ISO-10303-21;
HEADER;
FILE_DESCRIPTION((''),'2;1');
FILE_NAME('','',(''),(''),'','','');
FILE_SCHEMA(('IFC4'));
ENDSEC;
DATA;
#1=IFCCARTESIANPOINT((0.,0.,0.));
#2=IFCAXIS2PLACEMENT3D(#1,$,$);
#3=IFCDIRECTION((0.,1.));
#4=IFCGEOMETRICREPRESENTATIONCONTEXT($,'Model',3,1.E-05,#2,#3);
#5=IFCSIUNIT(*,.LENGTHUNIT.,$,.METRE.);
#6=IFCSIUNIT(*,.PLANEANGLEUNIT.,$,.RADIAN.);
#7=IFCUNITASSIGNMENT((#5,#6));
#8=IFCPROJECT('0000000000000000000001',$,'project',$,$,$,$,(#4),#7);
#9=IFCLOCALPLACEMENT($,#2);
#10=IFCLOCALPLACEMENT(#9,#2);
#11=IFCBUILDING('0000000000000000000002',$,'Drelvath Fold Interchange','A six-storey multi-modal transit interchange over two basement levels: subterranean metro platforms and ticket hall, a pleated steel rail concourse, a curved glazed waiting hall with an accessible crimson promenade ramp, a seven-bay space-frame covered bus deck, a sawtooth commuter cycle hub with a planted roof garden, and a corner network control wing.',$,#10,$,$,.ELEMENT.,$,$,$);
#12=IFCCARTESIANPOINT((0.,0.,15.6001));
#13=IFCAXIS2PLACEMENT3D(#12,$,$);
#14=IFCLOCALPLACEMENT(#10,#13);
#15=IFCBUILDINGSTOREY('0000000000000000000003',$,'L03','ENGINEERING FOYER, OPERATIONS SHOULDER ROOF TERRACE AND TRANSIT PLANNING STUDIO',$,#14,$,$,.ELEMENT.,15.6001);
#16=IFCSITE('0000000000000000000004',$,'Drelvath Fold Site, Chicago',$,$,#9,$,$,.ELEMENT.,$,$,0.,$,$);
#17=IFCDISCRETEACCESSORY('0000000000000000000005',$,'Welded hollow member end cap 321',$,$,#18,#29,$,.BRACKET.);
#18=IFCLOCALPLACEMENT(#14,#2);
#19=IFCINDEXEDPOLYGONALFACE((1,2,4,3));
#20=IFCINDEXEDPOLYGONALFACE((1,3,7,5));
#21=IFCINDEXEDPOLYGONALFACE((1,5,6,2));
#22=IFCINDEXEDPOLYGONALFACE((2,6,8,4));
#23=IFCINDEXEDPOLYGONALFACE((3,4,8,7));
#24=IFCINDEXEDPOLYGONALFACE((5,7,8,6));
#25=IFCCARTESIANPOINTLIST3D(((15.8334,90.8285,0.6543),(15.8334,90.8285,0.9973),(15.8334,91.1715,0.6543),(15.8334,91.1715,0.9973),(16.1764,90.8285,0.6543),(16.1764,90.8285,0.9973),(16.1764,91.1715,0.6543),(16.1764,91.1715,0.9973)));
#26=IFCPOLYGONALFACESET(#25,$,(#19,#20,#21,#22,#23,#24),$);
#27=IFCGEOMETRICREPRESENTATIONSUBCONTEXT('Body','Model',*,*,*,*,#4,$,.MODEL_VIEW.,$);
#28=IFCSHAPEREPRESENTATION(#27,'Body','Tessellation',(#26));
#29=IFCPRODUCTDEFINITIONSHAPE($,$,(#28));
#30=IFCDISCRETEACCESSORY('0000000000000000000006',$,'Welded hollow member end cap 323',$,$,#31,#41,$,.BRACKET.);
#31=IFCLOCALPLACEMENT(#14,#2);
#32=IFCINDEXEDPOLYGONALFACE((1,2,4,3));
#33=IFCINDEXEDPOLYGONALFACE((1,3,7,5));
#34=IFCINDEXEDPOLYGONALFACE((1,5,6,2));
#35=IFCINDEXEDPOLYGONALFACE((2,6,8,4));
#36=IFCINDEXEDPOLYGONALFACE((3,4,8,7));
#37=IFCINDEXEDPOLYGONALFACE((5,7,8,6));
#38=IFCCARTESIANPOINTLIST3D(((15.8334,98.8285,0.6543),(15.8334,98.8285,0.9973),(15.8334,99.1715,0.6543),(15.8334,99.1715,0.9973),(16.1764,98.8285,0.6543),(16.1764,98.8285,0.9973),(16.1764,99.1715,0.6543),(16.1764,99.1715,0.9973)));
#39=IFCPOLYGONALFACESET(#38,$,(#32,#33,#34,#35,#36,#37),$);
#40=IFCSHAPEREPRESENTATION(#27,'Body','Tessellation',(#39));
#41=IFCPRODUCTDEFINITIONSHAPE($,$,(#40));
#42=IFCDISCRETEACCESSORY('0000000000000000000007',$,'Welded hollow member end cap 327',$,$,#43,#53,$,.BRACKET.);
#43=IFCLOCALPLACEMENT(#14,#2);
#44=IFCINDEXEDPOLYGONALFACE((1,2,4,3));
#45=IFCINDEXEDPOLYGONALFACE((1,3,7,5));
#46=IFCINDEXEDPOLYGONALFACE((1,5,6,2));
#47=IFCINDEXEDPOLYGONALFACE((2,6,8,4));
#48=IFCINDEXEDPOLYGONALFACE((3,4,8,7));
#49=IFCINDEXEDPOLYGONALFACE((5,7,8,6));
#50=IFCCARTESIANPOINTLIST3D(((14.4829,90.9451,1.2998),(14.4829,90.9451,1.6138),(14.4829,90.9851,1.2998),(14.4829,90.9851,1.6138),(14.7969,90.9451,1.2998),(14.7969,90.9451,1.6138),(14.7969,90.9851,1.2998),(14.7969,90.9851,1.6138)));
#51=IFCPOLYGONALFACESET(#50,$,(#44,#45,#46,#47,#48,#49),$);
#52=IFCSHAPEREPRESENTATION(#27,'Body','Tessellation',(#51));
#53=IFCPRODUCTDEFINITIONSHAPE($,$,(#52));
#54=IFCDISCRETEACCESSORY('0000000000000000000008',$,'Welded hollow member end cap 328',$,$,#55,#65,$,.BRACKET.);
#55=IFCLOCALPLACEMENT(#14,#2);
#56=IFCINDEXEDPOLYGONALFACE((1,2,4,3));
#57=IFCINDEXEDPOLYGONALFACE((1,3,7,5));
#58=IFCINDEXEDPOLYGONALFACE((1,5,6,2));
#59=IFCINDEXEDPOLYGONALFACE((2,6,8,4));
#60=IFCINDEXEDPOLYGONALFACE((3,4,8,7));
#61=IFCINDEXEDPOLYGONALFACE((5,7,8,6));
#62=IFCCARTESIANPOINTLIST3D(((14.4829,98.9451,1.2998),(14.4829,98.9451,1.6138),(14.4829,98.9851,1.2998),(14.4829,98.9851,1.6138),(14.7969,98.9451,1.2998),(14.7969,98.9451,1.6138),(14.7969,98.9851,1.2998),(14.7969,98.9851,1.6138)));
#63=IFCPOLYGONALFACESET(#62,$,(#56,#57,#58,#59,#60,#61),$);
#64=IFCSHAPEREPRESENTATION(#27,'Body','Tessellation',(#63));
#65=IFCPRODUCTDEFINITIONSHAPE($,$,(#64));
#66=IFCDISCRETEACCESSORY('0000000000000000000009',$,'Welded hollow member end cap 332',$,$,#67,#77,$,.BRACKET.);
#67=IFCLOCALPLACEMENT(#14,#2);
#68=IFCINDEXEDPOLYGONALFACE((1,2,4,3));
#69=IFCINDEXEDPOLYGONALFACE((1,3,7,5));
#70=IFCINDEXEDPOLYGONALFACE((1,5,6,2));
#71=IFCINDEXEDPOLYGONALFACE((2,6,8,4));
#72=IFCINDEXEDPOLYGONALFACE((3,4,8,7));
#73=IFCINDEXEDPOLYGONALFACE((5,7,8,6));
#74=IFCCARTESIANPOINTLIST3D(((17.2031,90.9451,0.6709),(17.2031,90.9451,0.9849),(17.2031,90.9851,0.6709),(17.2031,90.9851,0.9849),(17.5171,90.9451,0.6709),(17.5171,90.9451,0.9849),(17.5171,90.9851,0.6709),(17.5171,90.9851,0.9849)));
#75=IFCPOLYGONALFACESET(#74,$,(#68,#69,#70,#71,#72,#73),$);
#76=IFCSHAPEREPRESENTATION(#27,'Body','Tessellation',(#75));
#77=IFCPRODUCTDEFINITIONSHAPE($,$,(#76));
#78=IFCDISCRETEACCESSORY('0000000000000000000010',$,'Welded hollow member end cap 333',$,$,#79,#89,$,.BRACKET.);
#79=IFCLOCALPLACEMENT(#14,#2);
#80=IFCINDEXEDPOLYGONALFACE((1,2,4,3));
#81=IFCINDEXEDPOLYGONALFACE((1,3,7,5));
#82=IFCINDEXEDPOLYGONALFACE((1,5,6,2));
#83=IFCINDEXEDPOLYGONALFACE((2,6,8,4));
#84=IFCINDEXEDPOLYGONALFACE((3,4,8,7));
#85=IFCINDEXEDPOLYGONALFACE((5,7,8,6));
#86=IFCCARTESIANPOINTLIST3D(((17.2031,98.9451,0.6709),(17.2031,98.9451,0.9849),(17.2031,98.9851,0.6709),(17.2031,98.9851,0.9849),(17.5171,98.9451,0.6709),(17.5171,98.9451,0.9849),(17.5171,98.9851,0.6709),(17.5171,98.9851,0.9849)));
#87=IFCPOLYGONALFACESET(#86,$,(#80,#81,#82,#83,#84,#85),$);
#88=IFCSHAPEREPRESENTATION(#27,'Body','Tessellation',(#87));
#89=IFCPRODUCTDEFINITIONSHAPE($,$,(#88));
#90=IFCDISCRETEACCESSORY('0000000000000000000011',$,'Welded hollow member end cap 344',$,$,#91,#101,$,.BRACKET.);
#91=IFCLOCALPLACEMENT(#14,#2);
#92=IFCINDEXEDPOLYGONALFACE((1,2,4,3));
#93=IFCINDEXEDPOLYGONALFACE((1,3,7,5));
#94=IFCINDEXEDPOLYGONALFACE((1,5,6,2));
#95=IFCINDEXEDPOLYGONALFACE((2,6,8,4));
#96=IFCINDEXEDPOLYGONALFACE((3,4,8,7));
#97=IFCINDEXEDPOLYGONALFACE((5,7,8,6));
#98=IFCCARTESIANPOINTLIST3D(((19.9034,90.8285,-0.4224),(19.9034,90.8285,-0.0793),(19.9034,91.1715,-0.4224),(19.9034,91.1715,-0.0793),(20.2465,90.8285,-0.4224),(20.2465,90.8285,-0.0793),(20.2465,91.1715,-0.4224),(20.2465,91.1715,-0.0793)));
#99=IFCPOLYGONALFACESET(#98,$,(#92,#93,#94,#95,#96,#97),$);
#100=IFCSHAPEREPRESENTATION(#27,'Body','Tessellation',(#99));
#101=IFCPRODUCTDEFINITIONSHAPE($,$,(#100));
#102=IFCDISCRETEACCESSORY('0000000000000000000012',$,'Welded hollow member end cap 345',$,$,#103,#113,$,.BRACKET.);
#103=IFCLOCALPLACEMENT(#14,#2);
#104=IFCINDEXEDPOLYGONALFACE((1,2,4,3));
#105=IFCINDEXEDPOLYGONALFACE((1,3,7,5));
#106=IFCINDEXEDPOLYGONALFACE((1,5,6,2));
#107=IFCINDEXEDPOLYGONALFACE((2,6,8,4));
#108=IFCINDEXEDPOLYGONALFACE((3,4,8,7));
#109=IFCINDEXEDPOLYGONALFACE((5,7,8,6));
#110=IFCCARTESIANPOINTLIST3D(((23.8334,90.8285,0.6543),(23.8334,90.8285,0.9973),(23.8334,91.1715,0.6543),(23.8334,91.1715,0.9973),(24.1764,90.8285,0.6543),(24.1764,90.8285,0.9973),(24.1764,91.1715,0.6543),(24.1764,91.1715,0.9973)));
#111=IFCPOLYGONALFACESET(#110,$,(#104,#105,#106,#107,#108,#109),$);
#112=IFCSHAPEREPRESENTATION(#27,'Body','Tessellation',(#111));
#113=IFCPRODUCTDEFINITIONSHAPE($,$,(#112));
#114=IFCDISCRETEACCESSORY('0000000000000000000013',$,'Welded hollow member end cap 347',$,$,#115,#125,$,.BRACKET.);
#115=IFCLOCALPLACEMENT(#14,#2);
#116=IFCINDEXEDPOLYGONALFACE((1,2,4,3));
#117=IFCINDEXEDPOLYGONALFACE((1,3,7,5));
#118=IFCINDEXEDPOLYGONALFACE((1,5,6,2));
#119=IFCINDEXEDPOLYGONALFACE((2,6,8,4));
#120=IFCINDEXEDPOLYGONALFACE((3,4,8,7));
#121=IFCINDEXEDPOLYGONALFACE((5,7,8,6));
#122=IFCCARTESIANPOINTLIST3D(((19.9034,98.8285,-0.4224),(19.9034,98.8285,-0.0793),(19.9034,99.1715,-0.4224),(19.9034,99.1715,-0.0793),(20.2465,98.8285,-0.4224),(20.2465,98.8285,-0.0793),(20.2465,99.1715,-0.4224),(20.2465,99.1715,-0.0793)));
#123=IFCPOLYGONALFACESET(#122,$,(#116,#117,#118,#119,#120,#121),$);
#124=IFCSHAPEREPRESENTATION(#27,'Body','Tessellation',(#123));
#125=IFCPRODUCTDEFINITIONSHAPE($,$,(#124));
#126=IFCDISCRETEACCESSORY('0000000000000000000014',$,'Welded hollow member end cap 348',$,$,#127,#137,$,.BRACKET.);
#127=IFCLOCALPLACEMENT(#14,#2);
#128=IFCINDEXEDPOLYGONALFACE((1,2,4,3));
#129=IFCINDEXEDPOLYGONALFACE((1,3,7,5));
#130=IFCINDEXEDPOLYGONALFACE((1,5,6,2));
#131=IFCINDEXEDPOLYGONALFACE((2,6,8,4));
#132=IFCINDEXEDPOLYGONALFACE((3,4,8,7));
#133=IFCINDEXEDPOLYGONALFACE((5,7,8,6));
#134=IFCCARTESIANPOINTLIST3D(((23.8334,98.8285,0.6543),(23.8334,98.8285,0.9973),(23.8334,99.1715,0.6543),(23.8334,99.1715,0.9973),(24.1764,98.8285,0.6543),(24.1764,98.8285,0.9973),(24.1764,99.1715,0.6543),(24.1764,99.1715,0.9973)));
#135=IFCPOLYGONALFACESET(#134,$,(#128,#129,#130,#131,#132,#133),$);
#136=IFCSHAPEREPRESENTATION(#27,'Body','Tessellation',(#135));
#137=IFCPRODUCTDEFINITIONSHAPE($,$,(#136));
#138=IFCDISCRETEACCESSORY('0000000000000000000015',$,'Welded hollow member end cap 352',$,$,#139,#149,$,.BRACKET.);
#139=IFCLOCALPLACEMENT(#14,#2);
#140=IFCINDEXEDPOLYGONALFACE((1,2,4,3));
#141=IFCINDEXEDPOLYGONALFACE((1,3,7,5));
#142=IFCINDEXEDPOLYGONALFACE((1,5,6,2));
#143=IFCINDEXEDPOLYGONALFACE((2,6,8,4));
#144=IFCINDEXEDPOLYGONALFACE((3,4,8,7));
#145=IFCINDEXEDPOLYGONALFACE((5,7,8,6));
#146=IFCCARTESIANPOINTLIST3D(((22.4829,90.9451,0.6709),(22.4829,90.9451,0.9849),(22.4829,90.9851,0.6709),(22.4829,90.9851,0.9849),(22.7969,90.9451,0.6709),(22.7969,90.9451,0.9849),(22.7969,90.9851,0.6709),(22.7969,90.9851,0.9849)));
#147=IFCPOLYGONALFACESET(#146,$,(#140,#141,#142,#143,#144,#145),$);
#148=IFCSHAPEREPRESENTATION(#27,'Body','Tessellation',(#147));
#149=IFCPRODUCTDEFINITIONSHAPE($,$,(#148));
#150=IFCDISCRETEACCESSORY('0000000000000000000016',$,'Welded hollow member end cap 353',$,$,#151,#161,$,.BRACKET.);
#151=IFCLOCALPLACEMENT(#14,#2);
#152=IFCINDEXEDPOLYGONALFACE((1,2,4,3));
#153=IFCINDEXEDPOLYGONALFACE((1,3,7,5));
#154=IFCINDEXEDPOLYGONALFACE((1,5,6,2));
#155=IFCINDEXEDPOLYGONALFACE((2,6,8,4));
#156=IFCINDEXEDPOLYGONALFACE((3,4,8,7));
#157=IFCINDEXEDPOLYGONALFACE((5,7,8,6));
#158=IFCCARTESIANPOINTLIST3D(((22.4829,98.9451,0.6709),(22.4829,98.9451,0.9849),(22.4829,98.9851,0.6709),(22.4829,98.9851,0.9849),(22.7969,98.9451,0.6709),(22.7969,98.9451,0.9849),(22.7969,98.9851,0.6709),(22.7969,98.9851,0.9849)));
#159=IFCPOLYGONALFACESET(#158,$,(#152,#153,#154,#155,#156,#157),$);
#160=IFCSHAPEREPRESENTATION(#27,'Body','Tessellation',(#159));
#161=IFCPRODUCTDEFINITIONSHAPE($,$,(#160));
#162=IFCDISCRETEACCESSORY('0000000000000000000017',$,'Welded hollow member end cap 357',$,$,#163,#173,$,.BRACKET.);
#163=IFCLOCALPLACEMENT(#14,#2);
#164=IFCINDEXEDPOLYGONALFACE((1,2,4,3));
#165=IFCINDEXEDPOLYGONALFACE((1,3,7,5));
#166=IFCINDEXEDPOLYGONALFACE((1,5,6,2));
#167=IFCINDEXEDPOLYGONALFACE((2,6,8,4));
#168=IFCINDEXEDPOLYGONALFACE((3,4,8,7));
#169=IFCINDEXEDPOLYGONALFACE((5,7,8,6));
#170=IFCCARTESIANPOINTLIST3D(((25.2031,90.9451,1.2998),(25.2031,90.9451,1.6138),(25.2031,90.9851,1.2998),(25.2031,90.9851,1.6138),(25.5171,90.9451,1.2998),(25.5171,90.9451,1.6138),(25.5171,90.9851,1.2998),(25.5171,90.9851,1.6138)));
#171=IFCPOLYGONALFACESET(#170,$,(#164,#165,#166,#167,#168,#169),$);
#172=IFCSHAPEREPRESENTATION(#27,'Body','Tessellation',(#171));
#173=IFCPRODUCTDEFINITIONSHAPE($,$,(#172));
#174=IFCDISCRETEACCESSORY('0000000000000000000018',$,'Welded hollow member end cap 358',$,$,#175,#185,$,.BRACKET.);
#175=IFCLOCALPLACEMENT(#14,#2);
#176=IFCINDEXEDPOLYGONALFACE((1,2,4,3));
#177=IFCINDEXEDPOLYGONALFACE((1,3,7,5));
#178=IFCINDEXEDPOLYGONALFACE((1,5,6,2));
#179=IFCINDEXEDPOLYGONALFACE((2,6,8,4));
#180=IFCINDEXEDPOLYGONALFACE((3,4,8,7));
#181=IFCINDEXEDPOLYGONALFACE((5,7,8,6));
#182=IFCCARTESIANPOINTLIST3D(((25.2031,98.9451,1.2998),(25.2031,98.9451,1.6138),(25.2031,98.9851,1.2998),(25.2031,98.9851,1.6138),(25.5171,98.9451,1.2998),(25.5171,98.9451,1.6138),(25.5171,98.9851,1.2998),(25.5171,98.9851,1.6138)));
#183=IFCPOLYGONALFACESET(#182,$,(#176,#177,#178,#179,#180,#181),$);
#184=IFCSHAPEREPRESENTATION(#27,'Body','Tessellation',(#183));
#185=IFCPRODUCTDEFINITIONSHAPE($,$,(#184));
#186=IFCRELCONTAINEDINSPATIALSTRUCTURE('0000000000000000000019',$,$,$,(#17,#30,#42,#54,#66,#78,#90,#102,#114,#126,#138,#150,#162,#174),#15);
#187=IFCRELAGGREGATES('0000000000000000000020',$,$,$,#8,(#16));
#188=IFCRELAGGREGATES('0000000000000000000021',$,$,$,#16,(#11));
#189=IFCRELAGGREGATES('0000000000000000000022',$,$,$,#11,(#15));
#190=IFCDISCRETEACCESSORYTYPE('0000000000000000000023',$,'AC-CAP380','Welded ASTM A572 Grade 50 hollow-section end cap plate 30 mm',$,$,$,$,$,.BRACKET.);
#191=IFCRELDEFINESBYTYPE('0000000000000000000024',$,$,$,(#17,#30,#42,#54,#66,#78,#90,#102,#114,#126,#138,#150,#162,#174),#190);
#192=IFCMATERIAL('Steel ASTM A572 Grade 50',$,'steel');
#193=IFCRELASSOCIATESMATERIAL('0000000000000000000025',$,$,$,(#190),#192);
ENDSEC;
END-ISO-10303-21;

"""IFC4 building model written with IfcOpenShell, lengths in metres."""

from ifc_helpers import new_model, si_unit, direction, frame, origin, origin_2d, place, context, subcontext, project, spatial, rectangle, extrude, material, type_object, element, save


model = new_model("IFC4")

# Units and contexts
model_context = context("Model", 3, precision=1e-05, world=origin(), true_north=direction((0.0, 1.0)))
body_context = subcontext(model_context, "Body", "Model", "MODEL_VIEW")
ifc_project = project(units=[si_unit("LENGTHUNIT", "METRE"), si_unit("PLANEANGLEUNIT", "RADIAN")], contexts=[model_context])

# Site, building, storey
site_placement = place(None, origin())
site = spatial("IfcSite", under=ifc_project, at=site_placement, Name="Drelvath Fold Site, Chicago", CompositionType="ELEMENT", RefElevation=0.0)
building_placement = place(site_placement, origin())
building = spatial("IfcBuilding", under=site, at=building_placement, Name="Drelvath Fold Interchange", Description="A six-storey multi-modal transit interchange over two basement levels: subterranean metro platforms and ticket hall, a pleated steel rail concourse, a curved glazed waiting hall with an accessible crimson promenade ramp, a seven-bay space-frame covered bus deck, a sawtooth commuter cycle hub with a planted roof garden, and a corner network control wing.", CompositionType="ELEMENT")
storey_placement = place(building_placement, frame((0.0, 0.0, 15.6001)))
storey = spatial("IfcBuildingStorey", under=building, at=storey_placement, Name="L03", Description="ENGINEERING FOYER, OPERATIONS SHOULDER ROOF TERRACE AND TRANSIT PLANNING STUDIO", CompositionType="ELEMENT", Elevation=15.6001)

# Discrete accessories
ifc_material_1 = material(Name="Steel ASTM A572 Grade 50", Category="steel")
discrete_accessory_type = type_object("IfcDiscreteAccessoryType", Name="AC-CAP380", Description="Welded ASTM A572 Grade 50 hollow-section end cap plate 30 mm", PredefinedType="BRACKET", material=ifc_material_1)
for number, where, z_axis, x_axis, name in (
    (1, (16.0049, 91.0, 0.6543), (0.0, 0.0, 1.0), (1.0, 0.0, 0.0), "Welded hollow member end cap 321"),
    (2, (16.0049, 99.0, 0.6543), (0.0, 0.0, 1.0), (1.0, 0.0, 0.0), "Welded hollow member end cap 323"),
):
    element("IfcDiscreteAccessory", number, at=place(storey_placement, frame(where, z_axis=z_axis, x_axis=x_axis)), inside=storey, type_object=discrete_accessory_type, Name=name, PredefinedType="BRACKET", context=body_context, shape_type="SweptSolid", body=[
        extrude(rectangle(XDim=0.343, YDim=0.343, at=origin_2d()), origin(), (0.0, 0.0, 1.0), 0.343),
    ])
for number, where, z_axis, x_axis, name in (
    (3, (14.6399, 90.9651, 1.2998), (0.0, 0.0, 1.0), (1.0, 0.0, 0.0), "Welded hollow member end cap 327"),
    (4, (14.6399, 98.9651, 1.2998), (0.0, 0.0, 1.0), (1.0, 0.0, 0.0), "Welded hollow member end cap 328"),
    (5, (17.3601, 90.9651, 0.6709), (0.0, 0.0, 1.0), (1.0, 0.0, 0.0), "Welded hollow member end cap 332"),
    (6, (17.3601, 98.9651, 0.6709), (0.0, 0.0, 1.0), (1.0, 0.0, 0.0), "Welded hollow member end cap 333"),
):
    element("IfcDiscreteAccessory", number, at=place(storey_placement, frame(where, z_axis=z_axis, x_axis=x_axis)), inside=storey, type_object=discrete_accessory_type, Name=name, PredefinedType="BRACKET", context=body_context, shape_type="SweptSolid", body=[
        extrude(rectangle(XDim=0.314, YDim=0.04, at=origin_2d()), origin(), (0.0, 0.0, 1.0), 0.314),
    ])
for number, where, z_axis, x_axis, name in (
    (7, (20.075, 91.0, -0.4224), (0.0, 0.0, 1.0), (1.0, 0.0, 0.0), "Welded hollow member end cap 344"),
    (8, (24.0049, 91.0, 0.6543), (0.0, 0.0, 1.0), (1.0, 0.0, 0.0), "Welded hollow member end cap 345"),
    (9, (20.075, 99.0, -0.4224), (0.0, 0.0, 1.0), (1.0, 0.0, 0.0), "Welded hollow member end cap 347"),
    (10, (24.0049, 99.0, 0.6543), (0.0, 0.0, 1.0), (1.0, 0.0, 0.0), "Welded hollow member end cap 348"),
):
    element("IfcDiscreteAccessory", number, at=place(storey_placement, frame(where, z_axis=z_axis, x_axis=x_axis)), inside=storey, type_object=discrete_accessory_type, Name=name, PredefinedType="BRACKET", context=body_context, shape_type="SweptSolid", body=[
        extrude(rectangle(XDim=0.343, YDim=0.343, at=origin_2d()), origin(), (0.0, 0.0, 1.0), 0.343),
    ])
for number, where, z_axis, x_axis, name in (
    (11, (22.6399, 90.9651, 0.6709), (0.0, 0.0, 1.0), (1.0, 0.0, 0.0), "Welded hollow member end cap 352"),
    (12, (22.6399, 98.9651, 0.6709), (0.0, 0.0, 1.0), (1.0, 0.0, 0.0), "Welded hollow member end cap 353"),
    (13, (25.3601, 90.9651, 1.2998), (0.0, 0.0, 1.0), (1.0, 0.0, 0.0), "Welded hollow member end cap 357"),
    (14, (25.3601, 98.9651, 1.2998), (0.0, 0.0, 1.0), (1.0, 0.0, 0.0), "Welded hollow member end cap 358"),
):
    element("IfcDiscreteAccessory", number, at=place(storey_placement, frame(where, z_axis=z_axis, x_axis=x_axis)), inside=storey, type_object=discrete_accessory_type, Name=name, PredefinedType="BRACKET", context=body_context, shape_type="SweptSolid", body=[
        extrude(rectangle(XDim=0.314, YDim=0.04, at=origin_2d()), origin(), (0.0, 0.0, 1.0), 0.314),
    ])

save(model, "model.ifc")
